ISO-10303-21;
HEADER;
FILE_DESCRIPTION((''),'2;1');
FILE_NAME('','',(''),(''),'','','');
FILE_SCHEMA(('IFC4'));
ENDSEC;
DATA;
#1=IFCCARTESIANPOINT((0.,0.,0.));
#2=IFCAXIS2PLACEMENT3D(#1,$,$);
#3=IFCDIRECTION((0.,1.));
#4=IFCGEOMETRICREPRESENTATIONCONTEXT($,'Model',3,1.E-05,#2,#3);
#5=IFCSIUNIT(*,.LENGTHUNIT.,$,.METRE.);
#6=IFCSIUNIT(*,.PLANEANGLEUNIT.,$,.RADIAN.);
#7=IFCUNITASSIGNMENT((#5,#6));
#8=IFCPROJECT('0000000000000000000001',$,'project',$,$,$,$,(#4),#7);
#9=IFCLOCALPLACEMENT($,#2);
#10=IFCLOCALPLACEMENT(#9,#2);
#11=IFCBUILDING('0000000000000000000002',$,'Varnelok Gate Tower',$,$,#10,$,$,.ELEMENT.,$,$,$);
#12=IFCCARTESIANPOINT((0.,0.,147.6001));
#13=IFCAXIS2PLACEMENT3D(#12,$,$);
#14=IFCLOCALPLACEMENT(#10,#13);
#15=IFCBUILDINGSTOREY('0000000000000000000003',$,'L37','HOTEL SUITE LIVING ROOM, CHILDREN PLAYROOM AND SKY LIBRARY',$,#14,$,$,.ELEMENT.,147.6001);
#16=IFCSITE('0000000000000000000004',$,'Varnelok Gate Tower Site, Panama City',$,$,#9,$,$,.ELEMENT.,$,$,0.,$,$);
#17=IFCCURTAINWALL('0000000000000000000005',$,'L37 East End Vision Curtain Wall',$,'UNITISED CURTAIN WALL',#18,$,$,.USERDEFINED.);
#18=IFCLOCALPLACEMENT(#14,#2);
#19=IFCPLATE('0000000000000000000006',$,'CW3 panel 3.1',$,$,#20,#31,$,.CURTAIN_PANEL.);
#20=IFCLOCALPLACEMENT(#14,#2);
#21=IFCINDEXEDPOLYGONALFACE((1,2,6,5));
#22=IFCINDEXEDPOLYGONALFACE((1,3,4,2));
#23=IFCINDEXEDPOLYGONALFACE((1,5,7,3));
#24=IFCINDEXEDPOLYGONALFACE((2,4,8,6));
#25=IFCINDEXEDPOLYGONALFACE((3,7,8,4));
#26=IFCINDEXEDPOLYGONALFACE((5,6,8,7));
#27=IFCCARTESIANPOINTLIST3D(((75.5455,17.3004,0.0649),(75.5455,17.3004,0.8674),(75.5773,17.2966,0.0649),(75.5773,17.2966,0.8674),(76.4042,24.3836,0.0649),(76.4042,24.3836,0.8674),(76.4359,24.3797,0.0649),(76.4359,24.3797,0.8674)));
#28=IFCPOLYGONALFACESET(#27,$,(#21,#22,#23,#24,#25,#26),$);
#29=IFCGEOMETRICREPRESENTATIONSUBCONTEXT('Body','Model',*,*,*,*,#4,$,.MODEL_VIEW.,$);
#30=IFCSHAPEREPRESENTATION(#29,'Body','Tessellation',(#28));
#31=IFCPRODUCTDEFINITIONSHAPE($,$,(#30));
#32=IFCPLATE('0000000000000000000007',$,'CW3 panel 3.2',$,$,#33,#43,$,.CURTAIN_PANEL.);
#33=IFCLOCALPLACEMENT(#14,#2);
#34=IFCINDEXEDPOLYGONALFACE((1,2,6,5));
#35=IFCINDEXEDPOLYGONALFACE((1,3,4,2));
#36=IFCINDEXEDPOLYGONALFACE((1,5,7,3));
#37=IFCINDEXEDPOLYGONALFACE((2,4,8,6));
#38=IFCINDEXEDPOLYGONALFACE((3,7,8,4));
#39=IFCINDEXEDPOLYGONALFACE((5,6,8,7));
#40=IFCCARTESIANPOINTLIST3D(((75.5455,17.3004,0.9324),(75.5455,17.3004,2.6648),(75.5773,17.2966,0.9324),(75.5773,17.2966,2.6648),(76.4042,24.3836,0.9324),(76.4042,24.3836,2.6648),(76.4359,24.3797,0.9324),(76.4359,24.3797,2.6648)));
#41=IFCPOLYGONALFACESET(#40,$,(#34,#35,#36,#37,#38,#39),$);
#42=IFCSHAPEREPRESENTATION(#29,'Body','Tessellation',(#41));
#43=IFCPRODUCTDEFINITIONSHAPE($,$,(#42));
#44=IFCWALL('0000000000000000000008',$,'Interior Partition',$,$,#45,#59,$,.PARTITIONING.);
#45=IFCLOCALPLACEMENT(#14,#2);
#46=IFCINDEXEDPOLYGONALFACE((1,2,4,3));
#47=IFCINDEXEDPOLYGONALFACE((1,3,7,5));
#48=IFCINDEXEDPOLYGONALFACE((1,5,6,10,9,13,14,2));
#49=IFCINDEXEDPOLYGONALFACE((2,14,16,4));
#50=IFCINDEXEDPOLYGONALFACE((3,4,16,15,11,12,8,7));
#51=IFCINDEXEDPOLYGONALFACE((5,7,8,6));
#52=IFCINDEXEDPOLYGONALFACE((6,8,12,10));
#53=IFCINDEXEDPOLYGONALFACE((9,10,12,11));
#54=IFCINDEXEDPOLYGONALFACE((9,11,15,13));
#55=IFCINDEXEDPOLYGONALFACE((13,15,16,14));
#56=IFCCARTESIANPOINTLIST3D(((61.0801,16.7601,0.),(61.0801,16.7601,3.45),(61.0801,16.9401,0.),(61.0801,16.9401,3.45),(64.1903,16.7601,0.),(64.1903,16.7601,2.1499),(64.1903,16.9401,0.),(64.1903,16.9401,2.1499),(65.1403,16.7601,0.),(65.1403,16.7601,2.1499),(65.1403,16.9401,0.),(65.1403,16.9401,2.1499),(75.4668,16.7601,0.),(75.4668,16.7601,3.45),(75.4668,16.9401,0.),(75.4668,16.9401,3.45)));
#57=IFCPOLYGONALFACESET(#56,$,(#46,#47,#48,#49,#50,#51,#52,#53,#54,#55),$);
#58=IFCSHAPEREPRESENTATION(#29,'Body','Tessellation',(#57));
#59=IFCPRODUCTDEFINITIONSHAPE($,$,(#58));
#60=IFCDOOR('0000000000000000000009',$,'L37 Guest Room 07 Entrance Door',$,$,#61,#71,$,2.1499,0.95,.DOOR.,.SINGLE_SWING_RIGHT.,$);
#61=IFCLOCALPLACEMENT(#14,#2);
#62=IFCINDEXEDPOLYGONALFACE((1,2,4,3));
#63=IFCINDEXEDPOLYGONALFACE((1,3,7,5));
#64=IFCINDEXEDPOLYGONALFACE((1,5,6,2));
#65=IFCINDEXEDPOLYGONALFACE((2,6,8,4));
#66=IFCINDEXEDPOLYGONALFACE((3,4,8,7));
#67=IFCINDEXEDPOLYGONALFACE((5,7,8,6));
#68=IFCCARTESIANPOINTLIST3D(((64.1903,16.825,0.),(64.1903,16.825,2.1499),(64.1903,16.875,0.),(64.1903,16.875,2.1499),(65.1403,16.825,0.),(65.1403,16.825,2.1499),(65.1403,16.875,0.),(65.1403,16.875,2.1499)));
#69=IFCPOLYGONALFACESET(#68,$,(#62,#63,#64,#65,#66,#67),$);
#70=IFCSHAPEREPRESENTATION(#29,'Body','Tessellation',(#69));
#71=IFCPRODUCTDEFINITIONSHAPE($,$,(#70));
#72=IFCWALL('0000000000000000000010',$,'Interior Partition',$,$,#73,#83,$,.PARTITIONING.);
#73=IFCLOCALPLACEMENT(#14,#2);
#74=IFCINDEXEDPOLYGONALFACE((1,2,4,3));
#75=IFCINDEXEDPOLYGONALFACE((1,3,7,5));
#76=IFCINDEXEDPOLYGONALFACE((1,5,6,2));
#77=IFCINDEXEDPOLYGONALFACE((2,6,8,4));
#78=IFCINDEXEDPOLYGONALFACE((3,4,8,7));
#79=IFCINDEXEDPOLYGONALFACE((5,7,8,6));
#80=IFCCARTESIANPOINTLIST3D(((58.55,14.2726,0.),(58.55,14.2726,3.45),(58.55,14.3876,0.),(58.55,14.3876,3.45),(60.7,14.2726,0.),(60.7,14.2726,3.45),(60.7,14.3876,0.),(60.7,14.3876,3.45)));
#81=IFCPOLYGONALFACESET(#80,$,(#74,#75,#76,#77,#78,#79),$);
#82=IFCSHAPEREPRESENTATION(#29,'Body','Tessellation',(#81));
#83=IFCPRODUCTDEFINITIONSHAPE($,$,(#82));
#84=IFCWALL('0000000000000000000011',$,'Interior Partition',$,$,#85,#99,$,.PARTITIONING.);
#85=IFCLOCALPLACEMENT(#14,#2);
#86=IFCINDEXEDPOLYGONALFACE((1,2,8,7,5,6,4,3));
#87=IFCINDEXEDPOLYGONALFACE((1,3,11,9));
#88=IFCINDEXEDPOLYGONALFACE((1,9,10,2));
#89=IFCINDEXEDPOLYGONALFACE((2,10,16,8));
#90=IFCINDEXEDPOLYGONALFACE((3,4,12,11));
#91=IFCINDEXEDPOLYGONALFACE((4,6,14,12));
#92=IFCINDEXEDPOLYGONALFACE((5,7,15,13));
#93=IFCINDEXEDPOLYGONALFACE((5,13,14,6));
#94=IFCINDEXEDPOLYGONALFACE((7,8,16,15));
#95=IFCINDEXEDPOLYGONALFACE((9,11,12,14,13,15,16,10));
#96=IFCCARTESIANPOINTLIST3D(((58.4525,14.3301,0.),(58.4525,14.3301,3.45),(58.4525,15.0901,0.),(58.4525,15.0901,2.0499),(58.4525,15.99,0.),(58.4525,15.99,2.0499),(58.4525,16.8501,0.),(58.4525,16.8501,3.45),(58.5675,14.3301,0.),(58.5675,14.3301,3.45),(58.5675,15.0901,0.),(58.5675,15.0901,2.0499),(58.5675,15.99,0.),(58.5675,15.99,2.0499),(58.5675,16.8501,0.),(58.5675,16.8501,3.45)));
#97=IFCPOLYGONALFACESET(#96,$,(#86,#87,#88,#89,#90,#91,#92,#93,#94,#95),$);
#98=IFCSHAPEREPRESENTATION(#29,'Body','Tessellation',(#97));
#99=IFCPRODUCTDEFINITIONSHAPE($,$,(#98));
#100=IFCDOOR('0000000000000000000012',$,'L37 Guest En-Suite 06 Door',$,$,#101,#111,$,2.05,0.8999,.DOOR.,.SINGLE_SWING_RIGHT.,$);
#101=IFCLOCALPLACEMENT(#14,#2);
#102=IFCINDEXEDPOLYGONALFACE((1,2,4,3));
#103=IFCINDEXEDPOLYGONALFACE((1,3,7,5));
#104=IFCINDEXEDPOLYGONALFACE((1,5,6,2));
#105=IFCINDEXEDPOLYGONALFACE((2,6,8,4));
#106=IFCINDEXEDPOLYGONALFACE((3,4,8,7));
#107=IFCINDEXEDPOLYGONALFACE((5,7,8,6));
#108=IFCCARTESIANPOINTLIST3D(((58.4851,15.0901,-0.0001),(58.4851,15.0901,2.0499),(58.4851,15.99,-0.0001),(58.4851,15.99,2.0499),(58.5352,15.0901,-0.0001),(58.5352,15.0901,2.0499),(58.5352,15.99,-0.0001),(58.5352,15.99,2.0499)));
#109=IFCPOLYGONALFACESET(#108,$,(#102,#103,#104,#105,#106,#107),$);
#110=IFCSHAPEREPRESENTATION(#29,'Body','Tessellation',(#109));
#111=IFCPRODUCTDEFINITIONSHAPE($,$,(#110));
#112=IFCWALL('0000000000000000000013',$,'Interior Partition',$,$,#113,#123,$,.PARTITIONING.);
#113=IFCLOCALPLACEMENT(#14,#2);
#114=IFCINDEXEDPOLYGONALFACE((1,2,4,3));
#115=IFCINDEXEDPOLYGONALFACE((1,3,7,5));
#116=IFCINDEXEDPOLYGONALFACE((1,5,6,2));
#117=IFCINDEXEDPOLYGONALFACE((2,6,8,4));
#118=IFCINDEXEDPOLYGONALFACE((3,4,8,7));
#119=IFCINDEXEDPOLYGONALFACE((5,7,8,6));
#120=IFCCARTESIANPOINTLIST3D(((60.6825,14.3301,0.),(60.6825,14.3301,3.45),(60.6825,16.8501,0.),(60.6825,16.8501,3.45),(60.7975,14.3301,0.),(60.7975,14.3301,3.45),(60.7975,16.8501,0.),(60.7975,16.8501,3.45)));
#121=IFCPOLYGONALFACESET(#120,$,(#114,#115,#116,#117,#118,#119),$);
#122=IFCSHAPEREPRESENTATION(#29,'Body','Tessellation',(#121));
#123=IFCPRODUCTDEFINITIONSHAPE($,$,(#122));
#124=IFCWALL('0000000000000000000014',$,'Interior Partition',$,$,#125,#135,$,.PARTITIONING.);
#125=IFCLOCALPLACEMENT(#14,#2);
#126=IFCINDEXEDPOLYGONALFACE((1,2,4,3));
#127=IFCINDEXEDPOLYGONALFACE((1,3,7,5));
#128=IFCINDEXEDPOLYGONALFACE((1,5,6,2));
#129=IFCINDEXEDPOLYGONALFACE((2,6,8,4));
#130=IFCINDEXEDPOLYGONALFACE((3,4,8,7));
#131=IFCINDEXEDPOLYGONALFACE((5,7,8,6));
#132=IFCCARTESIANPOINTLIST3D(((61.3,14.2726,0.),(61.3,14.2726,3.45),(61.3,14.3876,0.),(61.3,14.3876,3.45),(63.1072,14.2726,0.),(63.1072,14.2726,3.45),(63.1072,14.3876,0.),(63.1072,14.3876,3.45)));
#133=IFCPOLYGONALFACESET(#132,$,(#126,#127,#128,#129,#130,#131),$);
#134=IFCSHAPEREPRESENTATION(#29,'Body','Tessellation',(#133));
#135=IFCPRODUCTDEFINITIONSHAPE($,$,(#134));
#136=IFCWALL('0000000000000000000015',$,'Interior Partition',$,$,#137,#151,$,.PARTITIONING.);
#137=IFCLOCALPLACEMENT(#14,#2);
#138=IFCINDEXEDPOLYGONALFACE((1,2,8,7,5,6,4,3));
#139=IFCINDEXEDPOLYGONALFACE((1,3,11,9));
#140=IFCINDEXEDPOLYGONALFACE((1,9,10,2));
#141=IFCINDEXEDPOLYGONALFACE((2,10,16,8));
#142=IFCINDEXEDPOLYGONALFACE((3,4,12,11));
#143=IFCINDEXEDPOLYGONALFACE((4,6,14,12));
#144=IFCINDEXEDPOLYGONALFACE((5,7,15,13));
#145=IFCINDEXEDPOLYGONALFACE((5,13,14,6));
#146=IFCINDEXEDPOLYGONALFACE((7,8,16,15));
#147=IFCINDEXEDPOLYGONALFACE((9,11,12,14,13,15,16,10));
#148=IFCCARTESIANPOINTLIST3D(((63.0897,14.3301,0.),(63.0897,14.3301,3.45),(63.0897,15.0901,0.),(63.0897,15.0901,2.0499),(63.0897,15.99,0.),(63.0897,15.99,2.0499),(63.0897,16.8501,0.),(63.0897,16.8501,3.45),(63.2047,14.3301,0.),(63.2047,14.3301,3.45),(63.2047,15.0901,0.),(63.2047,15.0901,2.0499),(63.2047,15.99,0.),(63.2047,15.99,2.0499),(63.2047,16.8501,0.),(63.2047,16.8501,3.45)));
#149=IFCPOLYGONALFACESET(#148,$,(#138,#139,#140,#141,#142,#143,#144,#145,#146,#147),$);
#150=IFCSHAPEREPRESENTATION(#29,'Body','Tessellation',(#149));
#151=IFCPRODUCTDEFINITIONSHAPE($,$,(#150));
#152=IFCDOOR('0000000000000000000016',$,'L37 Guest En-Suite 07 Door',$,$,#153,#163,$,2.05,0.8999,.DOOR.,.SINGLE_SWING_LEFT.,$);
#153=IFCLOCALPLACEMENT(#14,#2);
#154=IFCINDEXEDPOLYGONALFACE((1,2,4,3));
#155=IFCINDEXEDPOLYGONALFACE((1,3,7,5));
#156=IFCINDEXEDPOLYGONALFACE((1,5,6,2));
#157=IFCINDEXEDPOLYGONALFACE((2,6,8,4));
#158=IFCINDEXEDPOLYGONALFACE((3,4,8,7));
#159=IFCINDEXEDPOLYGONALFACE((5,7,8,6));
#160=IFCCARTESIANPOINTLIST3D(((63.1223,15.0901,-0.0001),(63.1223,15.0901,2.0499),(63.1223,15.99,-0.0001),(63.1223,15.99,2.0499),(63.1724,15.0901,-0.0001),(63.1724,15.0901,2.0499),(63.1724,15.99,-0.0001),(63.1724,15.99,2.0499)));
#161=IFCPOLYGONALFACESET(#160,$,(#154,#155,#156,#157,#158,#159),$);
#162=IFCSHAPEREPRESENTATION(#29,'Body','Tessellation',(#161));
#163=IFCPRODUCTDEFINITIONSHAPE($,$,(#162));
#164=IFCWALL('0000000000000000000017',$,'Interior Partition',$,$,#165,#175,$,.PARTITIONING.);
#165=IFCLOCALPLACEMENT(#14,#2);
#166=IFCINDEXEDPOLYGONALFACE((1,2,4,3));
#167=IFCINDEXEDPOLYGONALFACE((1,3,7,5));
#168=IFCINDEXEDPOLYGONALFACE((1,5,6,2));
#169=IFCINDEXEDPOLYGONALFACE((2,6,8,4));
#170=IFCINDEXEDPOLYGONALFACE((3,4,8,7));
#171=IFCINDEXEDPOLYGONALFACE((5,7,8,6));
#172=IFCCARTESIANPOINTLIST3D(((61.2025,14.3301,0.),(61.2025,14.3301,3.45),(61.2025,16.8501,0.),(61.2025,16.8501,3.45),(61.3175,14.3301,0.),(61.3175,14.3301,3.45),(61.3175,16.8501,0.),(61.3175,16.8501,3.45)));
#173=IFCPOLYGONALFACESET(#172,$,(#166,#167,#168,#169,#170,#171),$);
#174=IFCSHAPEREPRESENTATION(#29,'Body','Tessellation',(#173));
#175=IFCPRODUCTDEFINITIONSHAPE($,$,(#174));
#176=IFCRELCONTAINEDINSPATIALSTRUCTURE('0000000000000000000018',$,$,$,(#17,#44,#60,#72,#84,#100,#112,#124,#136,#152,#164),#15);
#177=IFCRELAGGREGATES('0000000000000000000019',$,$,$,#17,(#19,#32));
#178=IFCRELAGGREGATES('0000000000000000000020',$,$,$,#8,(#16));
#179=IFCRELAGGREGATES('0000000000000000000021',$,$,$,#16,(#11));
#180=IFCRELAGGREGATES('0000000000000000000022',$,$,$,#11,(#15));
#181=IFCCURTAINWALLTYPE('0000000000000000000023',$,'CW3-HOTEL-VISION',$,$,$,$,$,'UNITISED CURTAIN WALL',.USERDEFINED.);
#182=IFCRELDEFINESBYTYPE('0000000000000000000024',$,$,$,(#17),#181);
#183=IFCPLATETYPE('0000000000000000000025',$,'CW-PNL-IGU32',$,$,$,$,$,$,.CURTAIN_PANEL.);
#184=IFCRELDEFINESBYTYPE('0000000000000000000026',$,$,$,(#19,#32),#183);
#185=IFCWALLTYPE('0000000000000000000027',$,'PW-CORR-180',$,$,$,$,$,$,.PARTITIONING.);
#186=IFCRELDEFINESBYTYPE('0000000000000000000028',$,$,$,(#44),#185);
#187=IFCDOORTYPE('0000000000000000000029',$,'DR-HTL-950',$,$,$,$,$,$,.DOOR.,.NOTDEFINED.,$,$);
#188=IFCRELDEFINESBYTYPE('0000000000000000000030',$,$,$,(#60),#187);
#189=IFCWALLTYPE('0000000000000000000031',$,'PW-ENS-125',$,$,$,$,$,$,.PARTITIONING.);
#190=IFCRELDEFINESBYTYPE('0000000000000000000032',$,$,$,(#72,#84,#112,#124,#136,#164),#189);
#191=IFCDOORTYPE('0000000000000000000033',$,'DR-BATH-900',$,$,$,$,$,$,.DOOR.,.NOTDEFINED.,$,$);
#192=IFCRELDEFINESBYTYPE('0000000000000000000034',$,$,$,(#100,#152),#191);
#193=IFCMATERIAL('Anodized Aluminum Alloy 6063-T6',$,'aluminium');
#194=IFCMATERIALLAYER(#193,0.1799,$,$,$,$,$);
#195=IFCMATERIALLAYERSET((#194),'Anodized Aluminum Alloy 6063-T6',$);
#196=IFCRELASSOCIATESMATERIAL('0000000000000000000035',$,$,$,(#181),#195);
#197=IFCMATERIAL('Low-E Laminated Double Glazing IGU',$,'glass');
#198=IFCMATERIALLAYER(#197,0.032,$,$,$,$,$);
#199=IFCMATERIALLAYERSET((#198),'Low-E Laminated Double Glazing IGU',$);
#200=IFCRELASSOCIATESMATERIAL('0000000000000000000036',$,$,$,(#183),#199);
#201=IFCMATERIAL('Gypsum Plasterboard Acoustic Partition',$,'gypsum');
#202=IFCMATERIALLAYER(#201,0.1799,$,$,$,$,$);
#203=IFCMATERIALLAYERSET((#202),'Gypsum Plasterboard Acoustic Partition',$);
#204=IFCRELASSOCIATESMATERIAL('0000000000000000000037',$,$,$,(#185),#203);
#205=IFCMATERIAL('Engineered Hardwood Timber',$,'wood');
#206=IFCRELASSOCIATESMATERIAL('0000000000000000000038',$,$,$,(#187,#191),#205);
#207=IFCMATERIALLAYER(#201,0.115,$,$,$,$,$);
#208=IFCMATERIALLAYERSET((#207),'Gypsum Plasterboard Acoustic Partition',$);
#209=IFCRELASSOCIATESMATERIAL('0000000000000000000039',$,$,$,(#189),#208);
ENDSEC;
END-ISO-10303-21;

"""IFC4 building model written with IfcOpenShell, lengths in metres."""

from ifc_helpers import new_model, si_unit, direction, frame, frame_2d, origin, origin_2d, place, context, subcontext, project, spatial, rectangle, extrude, source, transform, mapped, material, layer, layer_set, type_object, element, fill, aggregate, save


model = new_model("IFC4")

# Units and contexts
model_context = context("Model", 3, precision=1e-05, world=origin(), true_north=direction((0.0, 1.0)))
body_context = subcontext(model_context, "Body", "Model", "MODEL_VIEW")
ifc_project = project(units=[si_unit("LENGTHUNIT", "METRE"), si_unit("PLANEANGLEUNIT", "RADIAN")], contexts=[model_context])

# Site, building, storey
site_placement = place(None, origin())
site = spatial("IfcSite", under=ifc_project, at=site_placement, Name="Varnelok Gate Tower Site, Panama City", CompositionType="ELEMENT", RefElevation=0.0)
building_placement = place(site_placement, origin())
building = spatial("IfcBuilding", under=site, at=building_placement, Name="Varnelok Gate Tower", CompositionType="ELEMENT")
storey_placement = place(building_placement, frame((0.0, 0.0, 147.6001)))
storey = spatial("IfcBuildingStorey", under=building, at=storey_placement, Name="L37", Description="HOTEL SUITE LIVING ROOM, CHILDREN PLAYROOM AND SKY LIBRARY", CompositionType="ELEMENT", Elevation=147.6001)

# Curtain wall, plates
ifc_material_1 = material(Name="Anodized Aluminum Alloy 6063-T6", Category="aluminium")
ifc_layer_1 = layer(ifc_material_1, 0.1799)
ifc_layer_set_1 = layer_set([ifc_layer_1], Name="Anodized Aluminum Alloy 6063-T6")
curtain_wall_type = type_object("IfcCurtainWallType", Name="CW3-HOTEL-VISION", ElementType="UNITISED CURTAIN WALL", PredefinedType="USERDEFINED", material=ifc_layer_set_1)
curtain_wall_placement = place(storey_placement, origin())
curtain_wall = element("IfcCurtainWall", 1, at=curtain_wall_placement, inside=storey, type_object=curtain_wall_type, Name="L37 East End Vision Curtain Wall", ObjectType="UNITISED CURTAIN WALL", PredefinedType="USERDEFINED")
ifc_material_2 = material(Name="Low-E Laminated Double Glazing IGU", Category="glass")
ifc_layer_2 = layer(ifc_material_2, 0.032)
ifc_layer_set_2 = layer_set([ifc_layer_2], Name="Low-E Laminated Double Glazing IGU")
plate_type = type_object("IfcPlateType", Name="CW-PNL-IGU32", PredefinedType="CURTAIN_PANEL", material=ifc_layer_set_2)
shared_shape_1 = source(origin(), body_context, "Body", "SweptSolid", [
    extrude(rectangle(XDim=7.135, YDim=0.032, at=origin_2d()), origin(), (0.0, 0.0, 1.0), 0.8025),
])
plate_1_placement = place(storey_placement, frame((75.9907, 20.8401, 0.0649), z_axis=(0.0, 0.0, 1.0), x_axis=(-0.120347, -0.992732, 0.0)))
plate_1 = element("IfcPlate", 2, at=plate_1_placement, type_object=plate_type, Name="CW3 panel 3.1", PredefinedType="CURTAIN_PANEL", context=body_context, shape_type="MappedRepresentation", body=[
    mapped(shared_shape_1, transform((0.0, 0.0, 0.0), scale=1.0)),
])
shared_shape_2 = source(origin(), body_context, "Body", "SweptSolid", [
    extrude(rectangle(XDim=7.135, YDim=0.032, at=origin_2d()), origin(), (0.0, 0.0, 1.0), 1.7324),
])
plate_2_placement = place(storey_placement, frame((75.9907, 20.8401, 0.9324), z_axis=(0.0, 0.0, 1.0), x_axis=(-0.120347, -0.992732, 0.0)))
plate_2 = element("IfcPlate", 3, at=plate_2_placement, type_object=plate_type, Name="CW3 panel 3.2", PredefinedType="CURTAIN_PANEL", context=body_context, shape_type="MappedRepresentation", body=[
    mapped(shared_shape_2, transform((0.0, 0.0, 0.0), scale=1.0)),
])
aggregate(curtain_wall, [plate_1, plate_2])

# Wall, opening, door
ifc_material_3 = material(Name="Gypsum Plasterboard Acoustic Partition", Category="gypsum")
ifc_layer_3 = layer(ifc_material_3, 0.1799)
ifc_layer_set_3 = layer_set([ifc_layer_3], Name="Gypsum Plasterboard Acoustic Partition")
wall_type_1 = type_object("IfcWallType", Name="PW-CORR-180", PredefinedType="PARTITIONING", material=ifc_layer_set_3)
wall_1_placement = place(storey_placement, frame((61.0801, 16.8501, 0.0), z_axis=(0.0, 0.0, 1.0), x_axis=(1.0, 0.0, 0.0)))
wall_1 = element("IfcWall", 4, at=wall_1_placement, inside=storey, type_object=wall_type_1, Name="Interior Partition", PredefinedType="PARTITIONING", context=body_context, shape_type="SweptSolid", body=[
    extrude(rectangle(XDim=14.3867, YDim=0.1799, at=frame_2d((7.1934, 0.0))), origin(), (0.0, 0.0, 1.0), 3.45),
])
opening_1_placement = place(wall_1_placement, frame((3.1101, 0.0, 0.0)))
opening_1 = element("IfcOpeningElement", 5, at=opening_1_placement, cuts=wall_1, PredefinedType="OPENING", context=body_context, shape_type="SweptSolid", body=[
    extrude(rectangle(XDim=0.95, YDim=2.1499, at=frame_2d((0.4751, 1.075))), frame((0.0, 0.0999, 0.0), z_axis=(0.0, -1.0, 0.0), x_axis=(1.0, 0.0, 0.0)), (0.0, 0.0, 1.0), 0.2),
])
ifc_material_4 = material(Name="Engineered Hardwood Timber", Category="wood")
door_type_1 = type_object("IfcDoorType", Name="DR-HTL-950", OperationType="NOTDEFINED", PredefinedType="DOOR", material=ifc_material_4)
door_1_placement = place(opening_1_placement, origin())
door_1 = element("IfcDoor", 6, at=door_1_placement, inside=storey, type_object=door_type_1, Name="L37 Guest Room 07 Entrance Door", OperationType="SINGLE_SWING_RIGHT", OverallHeight=2.1499, OverallWidth=0.95, PredefinedType="DOOR", context=body_context, shape_type="SweptSolid", body=[
    extrude(rectangle(XDim=0.95, YDim=2.1499, at=frame_2d((0.4751, 1.075))), frame((0.0, 0.0249, 0.0), z_axis=(0.0, -1.0, 0.0), x_axis=(1.0, 0.0, 0.0)), (0.0, 0.0, 1.0), 0.05),
])
fill(opening_1, door_1)

# Wall
ifc_layer_4 = layer(ifc_material_3, 0.115)
ifc_layer_set_4 = layer_set([ifc_layer_4], Name="Gypsum Plasterboard Acoustic Partition")
wall_type_2 = type_object("IfcWallType", Name="PW-ENS-125", PredefinedType="PARTITIONING", material=ifc_layer_set_4)
wall_2_placement = place(storey_placement, frame((58.55, 14.3301, 0.0), z_axis=(0.0, 0.0, 1.0), x_axis=(1.0, 0.0, 0.0)))
element("IfcWall", 7, at=wall_2_placement, inside=storey, type_object=wall_type_2, Name="Interior Partition", PredefinedType="PARTITIONING", context=body_context, shape_type="SweptSolid", body=[
    extrude(rectangle(XDim=2.1499, YDim=0.115, at=frame_2d((1.075, 0.0))), origin(), (0.0, 0.0, 1.0), 3.45),
])

# Wall, opening, door
wall_3_placement = place(storey_placement, frame((58.51, 14.3301, 0.0), z_axis=(0.0, 0.0, 1.0), x_axis=(0.0, 1.0, 0.0)))
wall_3 = element("IfcWall", 8, at=wall_3_placement, inside=storey, type_object=wall_type_2, Name="Interior Partition", PredefinedType="PARTITIONING", context=body_context, shape_type="SweptSolid", body=[
    extrude(rectangle(XDim=2.52, YDim=0.115, at=frame_2d((1.26, 0.0))), origin(), (0.0, 0.0, 1.0), 3.45),
])
opening_2_placement = place(wall_3_placement, frame((0.76, 0.0, 0.0)))
opening_2 = element("IfcOpeningElement", 9, at=opening_2_placement, cuts=wall_3, PredefinedType="OPENING", context=body_context, shape_type="SweptSolid", body=[
    extrude(rectangle(XDim=0.8999, YDim=2.05, at=frame_2d((0.45, 1.0249))), frame((0.0, 0.0674, 0.0), z_axis=(0.0, -1.0, 0.0), x_axis=(1.0, 0.0, 0.0)), (0.0, 0.0, 1.0), 0.135),
])
door_type_2 = type_object("IfcDoorType", Name="DR-BATH-900", OperationType="NOTDEFINED", PredefinedType="DOOR", material=ifc_material_4)
door_2_placement = place(opening_2_placement, origin())
door_2 = element("IfcDoor", 10, at=door_2_placement, inside=storey, type_object=door_type_2, Name="L37 Guest En-Suite 06 Door", OperationType="SINGLE_SWING_RIGHT", OverallHeight=2.05, OverallWidth=0.8999, PredefinedType="DOOR", context=body_context, shape_type="SweptSolid", body=[
    extrude(rectangle(XDim=0.8999, YDim=2.05, at=frame_2d((0.45, 1.0249))), frame((0.0, 0.0249, 0.0), z_axis=(0.0, -1.0, 0.0), x_axis=(1.0, 0.0, 0.0)), (0.0, 0.0, 1.0), 0.05),
])
fill(opening_2, door_2)

# Walls
wall_4_placement = place(storey_placement, frame((60.74, 14.3301, 0.0), z_axis=(0.0, 0.0, 1.0), x_axis=(0.0, 1.0, 0.0)))
element("IfcWall", 11, at=wall_4_placement, inside=storey, type_object=wall_type_2, Name="Interior Partition", PredefinedType="PARTITIONING", context=body_context, shape_type="SweptSolid", body=[
    extrude(rectangle(XDim=2.52, YDim=0.115, at=frame_2d((1.26, 0.0))), origin(), (0.0, 0.0, 1.0), 3.45),
])
wall_5_placement = place(storey_placement, frame((61.3, 14.3301, 0.0), z_axis=(0.0, 0.0, 1.0), x_axis=(1.0, 0.0, 0.0)))
element("IfcWall", 12, at=wall_5_placement, inside=storey, type_object=wall_type_2, Name="Interior Partition", PredefinedType="PARTITIONING", context=body_context, shape_type="SweptSolid", body=[
    extrude(rectangle(XDim=1.8071, YDim=0.115, at=frame_2d((0.9036, 0.0))), origin(), (0.0, 0.0, 1.0), 3.45),
])

# Wall, opening, door
wall_6_placement = place(storey_placement, frame((63.1472, 14.3301, 0.0), z_axis=(0.0, 0.0, 1.0), x_axis=(0.0, 1.0, 0.0)))
wall_6 = element("IfcWall", 13, at=wall_6_placement, inside=storey, type_object=wall_type_2, Name="Interior Partition", PredefinedType="PARTITIONING", context=body_context, shape_type="SweptSolid", body=[
    extrude(rectangle(XDim=2.52, YDim=0.115, at=frame_2d((1.26, 0.0))), origin(), (0.0, 0.0, 1.0), 3.45),
])
opening_3_placement = place(wall_6_placement, frame((0.76, 0.0, 0.0)))
opening_3 = element("IfcOpeningElement", 14, at=opening_3_placement, cuts=wall_6, PredefinedType="OPENING", context=body_context, shape_type="SweptSolid", body=[
    extrude(rectangle(XDim=0.8999, YDim=2.05, at=frame_2d((0.45, 1.0249))), frame((0.0, 0.0674, 0.0), z_axis=(0.0, -1.0, 0.0), x_axis=(1.0, 0.0, 0.0)), (0.0, 0.0, 1.0), 0.135),
])
door_3_placement = place(opening_3_placement, origin())
door_3 = element("IfcDoor", 15, at=door_3_placement, inside=storey, type_object=door_type_2, Name="L37 Guest En-Suite 07 Door", OperationType="SINGLE_SWING_LEFT", OverallHeight=2.05, OverallWidth=0.8999, PredefinedType="DOOR", context=body_context, shape_type="SweptSolid", body=[
    extrude(rectangle(XDim=0.8999, YDim=2.05, at=frame_2d((0.45, 1.0249))), frame((0.0, 0.0249, 0.0), z_axis=(0.0, -1.0, 0.0), x_axis=(1.0, 0.0, 0.0)), (0.0, 0.0, 1.0), 0.05),
])
fill(opening_3, door_3)

# Wall
wall_7_placement = place(storey_placement, frame((61.26, 14.3301, 0.0), z_axis=(0.0, 0.0, 1.0), x_axis=(0.0, 1.0, 0.0)))
element("IfcWall", 16, at=wall_7_placement, inside=storey, type_object=wall_type_2, Name="Interior Partition", PredefinedType="PARTITIONING", context=body_context, shape_type="SweptSolid", body=[
    extrude(rectangle(XDim=2.52, YDim=0.115, at=frame_2d((1.26, 0.0))), origin(), (0.0, 0.0, 1.0), 3.45),
])

save(model, "model.ifc")
